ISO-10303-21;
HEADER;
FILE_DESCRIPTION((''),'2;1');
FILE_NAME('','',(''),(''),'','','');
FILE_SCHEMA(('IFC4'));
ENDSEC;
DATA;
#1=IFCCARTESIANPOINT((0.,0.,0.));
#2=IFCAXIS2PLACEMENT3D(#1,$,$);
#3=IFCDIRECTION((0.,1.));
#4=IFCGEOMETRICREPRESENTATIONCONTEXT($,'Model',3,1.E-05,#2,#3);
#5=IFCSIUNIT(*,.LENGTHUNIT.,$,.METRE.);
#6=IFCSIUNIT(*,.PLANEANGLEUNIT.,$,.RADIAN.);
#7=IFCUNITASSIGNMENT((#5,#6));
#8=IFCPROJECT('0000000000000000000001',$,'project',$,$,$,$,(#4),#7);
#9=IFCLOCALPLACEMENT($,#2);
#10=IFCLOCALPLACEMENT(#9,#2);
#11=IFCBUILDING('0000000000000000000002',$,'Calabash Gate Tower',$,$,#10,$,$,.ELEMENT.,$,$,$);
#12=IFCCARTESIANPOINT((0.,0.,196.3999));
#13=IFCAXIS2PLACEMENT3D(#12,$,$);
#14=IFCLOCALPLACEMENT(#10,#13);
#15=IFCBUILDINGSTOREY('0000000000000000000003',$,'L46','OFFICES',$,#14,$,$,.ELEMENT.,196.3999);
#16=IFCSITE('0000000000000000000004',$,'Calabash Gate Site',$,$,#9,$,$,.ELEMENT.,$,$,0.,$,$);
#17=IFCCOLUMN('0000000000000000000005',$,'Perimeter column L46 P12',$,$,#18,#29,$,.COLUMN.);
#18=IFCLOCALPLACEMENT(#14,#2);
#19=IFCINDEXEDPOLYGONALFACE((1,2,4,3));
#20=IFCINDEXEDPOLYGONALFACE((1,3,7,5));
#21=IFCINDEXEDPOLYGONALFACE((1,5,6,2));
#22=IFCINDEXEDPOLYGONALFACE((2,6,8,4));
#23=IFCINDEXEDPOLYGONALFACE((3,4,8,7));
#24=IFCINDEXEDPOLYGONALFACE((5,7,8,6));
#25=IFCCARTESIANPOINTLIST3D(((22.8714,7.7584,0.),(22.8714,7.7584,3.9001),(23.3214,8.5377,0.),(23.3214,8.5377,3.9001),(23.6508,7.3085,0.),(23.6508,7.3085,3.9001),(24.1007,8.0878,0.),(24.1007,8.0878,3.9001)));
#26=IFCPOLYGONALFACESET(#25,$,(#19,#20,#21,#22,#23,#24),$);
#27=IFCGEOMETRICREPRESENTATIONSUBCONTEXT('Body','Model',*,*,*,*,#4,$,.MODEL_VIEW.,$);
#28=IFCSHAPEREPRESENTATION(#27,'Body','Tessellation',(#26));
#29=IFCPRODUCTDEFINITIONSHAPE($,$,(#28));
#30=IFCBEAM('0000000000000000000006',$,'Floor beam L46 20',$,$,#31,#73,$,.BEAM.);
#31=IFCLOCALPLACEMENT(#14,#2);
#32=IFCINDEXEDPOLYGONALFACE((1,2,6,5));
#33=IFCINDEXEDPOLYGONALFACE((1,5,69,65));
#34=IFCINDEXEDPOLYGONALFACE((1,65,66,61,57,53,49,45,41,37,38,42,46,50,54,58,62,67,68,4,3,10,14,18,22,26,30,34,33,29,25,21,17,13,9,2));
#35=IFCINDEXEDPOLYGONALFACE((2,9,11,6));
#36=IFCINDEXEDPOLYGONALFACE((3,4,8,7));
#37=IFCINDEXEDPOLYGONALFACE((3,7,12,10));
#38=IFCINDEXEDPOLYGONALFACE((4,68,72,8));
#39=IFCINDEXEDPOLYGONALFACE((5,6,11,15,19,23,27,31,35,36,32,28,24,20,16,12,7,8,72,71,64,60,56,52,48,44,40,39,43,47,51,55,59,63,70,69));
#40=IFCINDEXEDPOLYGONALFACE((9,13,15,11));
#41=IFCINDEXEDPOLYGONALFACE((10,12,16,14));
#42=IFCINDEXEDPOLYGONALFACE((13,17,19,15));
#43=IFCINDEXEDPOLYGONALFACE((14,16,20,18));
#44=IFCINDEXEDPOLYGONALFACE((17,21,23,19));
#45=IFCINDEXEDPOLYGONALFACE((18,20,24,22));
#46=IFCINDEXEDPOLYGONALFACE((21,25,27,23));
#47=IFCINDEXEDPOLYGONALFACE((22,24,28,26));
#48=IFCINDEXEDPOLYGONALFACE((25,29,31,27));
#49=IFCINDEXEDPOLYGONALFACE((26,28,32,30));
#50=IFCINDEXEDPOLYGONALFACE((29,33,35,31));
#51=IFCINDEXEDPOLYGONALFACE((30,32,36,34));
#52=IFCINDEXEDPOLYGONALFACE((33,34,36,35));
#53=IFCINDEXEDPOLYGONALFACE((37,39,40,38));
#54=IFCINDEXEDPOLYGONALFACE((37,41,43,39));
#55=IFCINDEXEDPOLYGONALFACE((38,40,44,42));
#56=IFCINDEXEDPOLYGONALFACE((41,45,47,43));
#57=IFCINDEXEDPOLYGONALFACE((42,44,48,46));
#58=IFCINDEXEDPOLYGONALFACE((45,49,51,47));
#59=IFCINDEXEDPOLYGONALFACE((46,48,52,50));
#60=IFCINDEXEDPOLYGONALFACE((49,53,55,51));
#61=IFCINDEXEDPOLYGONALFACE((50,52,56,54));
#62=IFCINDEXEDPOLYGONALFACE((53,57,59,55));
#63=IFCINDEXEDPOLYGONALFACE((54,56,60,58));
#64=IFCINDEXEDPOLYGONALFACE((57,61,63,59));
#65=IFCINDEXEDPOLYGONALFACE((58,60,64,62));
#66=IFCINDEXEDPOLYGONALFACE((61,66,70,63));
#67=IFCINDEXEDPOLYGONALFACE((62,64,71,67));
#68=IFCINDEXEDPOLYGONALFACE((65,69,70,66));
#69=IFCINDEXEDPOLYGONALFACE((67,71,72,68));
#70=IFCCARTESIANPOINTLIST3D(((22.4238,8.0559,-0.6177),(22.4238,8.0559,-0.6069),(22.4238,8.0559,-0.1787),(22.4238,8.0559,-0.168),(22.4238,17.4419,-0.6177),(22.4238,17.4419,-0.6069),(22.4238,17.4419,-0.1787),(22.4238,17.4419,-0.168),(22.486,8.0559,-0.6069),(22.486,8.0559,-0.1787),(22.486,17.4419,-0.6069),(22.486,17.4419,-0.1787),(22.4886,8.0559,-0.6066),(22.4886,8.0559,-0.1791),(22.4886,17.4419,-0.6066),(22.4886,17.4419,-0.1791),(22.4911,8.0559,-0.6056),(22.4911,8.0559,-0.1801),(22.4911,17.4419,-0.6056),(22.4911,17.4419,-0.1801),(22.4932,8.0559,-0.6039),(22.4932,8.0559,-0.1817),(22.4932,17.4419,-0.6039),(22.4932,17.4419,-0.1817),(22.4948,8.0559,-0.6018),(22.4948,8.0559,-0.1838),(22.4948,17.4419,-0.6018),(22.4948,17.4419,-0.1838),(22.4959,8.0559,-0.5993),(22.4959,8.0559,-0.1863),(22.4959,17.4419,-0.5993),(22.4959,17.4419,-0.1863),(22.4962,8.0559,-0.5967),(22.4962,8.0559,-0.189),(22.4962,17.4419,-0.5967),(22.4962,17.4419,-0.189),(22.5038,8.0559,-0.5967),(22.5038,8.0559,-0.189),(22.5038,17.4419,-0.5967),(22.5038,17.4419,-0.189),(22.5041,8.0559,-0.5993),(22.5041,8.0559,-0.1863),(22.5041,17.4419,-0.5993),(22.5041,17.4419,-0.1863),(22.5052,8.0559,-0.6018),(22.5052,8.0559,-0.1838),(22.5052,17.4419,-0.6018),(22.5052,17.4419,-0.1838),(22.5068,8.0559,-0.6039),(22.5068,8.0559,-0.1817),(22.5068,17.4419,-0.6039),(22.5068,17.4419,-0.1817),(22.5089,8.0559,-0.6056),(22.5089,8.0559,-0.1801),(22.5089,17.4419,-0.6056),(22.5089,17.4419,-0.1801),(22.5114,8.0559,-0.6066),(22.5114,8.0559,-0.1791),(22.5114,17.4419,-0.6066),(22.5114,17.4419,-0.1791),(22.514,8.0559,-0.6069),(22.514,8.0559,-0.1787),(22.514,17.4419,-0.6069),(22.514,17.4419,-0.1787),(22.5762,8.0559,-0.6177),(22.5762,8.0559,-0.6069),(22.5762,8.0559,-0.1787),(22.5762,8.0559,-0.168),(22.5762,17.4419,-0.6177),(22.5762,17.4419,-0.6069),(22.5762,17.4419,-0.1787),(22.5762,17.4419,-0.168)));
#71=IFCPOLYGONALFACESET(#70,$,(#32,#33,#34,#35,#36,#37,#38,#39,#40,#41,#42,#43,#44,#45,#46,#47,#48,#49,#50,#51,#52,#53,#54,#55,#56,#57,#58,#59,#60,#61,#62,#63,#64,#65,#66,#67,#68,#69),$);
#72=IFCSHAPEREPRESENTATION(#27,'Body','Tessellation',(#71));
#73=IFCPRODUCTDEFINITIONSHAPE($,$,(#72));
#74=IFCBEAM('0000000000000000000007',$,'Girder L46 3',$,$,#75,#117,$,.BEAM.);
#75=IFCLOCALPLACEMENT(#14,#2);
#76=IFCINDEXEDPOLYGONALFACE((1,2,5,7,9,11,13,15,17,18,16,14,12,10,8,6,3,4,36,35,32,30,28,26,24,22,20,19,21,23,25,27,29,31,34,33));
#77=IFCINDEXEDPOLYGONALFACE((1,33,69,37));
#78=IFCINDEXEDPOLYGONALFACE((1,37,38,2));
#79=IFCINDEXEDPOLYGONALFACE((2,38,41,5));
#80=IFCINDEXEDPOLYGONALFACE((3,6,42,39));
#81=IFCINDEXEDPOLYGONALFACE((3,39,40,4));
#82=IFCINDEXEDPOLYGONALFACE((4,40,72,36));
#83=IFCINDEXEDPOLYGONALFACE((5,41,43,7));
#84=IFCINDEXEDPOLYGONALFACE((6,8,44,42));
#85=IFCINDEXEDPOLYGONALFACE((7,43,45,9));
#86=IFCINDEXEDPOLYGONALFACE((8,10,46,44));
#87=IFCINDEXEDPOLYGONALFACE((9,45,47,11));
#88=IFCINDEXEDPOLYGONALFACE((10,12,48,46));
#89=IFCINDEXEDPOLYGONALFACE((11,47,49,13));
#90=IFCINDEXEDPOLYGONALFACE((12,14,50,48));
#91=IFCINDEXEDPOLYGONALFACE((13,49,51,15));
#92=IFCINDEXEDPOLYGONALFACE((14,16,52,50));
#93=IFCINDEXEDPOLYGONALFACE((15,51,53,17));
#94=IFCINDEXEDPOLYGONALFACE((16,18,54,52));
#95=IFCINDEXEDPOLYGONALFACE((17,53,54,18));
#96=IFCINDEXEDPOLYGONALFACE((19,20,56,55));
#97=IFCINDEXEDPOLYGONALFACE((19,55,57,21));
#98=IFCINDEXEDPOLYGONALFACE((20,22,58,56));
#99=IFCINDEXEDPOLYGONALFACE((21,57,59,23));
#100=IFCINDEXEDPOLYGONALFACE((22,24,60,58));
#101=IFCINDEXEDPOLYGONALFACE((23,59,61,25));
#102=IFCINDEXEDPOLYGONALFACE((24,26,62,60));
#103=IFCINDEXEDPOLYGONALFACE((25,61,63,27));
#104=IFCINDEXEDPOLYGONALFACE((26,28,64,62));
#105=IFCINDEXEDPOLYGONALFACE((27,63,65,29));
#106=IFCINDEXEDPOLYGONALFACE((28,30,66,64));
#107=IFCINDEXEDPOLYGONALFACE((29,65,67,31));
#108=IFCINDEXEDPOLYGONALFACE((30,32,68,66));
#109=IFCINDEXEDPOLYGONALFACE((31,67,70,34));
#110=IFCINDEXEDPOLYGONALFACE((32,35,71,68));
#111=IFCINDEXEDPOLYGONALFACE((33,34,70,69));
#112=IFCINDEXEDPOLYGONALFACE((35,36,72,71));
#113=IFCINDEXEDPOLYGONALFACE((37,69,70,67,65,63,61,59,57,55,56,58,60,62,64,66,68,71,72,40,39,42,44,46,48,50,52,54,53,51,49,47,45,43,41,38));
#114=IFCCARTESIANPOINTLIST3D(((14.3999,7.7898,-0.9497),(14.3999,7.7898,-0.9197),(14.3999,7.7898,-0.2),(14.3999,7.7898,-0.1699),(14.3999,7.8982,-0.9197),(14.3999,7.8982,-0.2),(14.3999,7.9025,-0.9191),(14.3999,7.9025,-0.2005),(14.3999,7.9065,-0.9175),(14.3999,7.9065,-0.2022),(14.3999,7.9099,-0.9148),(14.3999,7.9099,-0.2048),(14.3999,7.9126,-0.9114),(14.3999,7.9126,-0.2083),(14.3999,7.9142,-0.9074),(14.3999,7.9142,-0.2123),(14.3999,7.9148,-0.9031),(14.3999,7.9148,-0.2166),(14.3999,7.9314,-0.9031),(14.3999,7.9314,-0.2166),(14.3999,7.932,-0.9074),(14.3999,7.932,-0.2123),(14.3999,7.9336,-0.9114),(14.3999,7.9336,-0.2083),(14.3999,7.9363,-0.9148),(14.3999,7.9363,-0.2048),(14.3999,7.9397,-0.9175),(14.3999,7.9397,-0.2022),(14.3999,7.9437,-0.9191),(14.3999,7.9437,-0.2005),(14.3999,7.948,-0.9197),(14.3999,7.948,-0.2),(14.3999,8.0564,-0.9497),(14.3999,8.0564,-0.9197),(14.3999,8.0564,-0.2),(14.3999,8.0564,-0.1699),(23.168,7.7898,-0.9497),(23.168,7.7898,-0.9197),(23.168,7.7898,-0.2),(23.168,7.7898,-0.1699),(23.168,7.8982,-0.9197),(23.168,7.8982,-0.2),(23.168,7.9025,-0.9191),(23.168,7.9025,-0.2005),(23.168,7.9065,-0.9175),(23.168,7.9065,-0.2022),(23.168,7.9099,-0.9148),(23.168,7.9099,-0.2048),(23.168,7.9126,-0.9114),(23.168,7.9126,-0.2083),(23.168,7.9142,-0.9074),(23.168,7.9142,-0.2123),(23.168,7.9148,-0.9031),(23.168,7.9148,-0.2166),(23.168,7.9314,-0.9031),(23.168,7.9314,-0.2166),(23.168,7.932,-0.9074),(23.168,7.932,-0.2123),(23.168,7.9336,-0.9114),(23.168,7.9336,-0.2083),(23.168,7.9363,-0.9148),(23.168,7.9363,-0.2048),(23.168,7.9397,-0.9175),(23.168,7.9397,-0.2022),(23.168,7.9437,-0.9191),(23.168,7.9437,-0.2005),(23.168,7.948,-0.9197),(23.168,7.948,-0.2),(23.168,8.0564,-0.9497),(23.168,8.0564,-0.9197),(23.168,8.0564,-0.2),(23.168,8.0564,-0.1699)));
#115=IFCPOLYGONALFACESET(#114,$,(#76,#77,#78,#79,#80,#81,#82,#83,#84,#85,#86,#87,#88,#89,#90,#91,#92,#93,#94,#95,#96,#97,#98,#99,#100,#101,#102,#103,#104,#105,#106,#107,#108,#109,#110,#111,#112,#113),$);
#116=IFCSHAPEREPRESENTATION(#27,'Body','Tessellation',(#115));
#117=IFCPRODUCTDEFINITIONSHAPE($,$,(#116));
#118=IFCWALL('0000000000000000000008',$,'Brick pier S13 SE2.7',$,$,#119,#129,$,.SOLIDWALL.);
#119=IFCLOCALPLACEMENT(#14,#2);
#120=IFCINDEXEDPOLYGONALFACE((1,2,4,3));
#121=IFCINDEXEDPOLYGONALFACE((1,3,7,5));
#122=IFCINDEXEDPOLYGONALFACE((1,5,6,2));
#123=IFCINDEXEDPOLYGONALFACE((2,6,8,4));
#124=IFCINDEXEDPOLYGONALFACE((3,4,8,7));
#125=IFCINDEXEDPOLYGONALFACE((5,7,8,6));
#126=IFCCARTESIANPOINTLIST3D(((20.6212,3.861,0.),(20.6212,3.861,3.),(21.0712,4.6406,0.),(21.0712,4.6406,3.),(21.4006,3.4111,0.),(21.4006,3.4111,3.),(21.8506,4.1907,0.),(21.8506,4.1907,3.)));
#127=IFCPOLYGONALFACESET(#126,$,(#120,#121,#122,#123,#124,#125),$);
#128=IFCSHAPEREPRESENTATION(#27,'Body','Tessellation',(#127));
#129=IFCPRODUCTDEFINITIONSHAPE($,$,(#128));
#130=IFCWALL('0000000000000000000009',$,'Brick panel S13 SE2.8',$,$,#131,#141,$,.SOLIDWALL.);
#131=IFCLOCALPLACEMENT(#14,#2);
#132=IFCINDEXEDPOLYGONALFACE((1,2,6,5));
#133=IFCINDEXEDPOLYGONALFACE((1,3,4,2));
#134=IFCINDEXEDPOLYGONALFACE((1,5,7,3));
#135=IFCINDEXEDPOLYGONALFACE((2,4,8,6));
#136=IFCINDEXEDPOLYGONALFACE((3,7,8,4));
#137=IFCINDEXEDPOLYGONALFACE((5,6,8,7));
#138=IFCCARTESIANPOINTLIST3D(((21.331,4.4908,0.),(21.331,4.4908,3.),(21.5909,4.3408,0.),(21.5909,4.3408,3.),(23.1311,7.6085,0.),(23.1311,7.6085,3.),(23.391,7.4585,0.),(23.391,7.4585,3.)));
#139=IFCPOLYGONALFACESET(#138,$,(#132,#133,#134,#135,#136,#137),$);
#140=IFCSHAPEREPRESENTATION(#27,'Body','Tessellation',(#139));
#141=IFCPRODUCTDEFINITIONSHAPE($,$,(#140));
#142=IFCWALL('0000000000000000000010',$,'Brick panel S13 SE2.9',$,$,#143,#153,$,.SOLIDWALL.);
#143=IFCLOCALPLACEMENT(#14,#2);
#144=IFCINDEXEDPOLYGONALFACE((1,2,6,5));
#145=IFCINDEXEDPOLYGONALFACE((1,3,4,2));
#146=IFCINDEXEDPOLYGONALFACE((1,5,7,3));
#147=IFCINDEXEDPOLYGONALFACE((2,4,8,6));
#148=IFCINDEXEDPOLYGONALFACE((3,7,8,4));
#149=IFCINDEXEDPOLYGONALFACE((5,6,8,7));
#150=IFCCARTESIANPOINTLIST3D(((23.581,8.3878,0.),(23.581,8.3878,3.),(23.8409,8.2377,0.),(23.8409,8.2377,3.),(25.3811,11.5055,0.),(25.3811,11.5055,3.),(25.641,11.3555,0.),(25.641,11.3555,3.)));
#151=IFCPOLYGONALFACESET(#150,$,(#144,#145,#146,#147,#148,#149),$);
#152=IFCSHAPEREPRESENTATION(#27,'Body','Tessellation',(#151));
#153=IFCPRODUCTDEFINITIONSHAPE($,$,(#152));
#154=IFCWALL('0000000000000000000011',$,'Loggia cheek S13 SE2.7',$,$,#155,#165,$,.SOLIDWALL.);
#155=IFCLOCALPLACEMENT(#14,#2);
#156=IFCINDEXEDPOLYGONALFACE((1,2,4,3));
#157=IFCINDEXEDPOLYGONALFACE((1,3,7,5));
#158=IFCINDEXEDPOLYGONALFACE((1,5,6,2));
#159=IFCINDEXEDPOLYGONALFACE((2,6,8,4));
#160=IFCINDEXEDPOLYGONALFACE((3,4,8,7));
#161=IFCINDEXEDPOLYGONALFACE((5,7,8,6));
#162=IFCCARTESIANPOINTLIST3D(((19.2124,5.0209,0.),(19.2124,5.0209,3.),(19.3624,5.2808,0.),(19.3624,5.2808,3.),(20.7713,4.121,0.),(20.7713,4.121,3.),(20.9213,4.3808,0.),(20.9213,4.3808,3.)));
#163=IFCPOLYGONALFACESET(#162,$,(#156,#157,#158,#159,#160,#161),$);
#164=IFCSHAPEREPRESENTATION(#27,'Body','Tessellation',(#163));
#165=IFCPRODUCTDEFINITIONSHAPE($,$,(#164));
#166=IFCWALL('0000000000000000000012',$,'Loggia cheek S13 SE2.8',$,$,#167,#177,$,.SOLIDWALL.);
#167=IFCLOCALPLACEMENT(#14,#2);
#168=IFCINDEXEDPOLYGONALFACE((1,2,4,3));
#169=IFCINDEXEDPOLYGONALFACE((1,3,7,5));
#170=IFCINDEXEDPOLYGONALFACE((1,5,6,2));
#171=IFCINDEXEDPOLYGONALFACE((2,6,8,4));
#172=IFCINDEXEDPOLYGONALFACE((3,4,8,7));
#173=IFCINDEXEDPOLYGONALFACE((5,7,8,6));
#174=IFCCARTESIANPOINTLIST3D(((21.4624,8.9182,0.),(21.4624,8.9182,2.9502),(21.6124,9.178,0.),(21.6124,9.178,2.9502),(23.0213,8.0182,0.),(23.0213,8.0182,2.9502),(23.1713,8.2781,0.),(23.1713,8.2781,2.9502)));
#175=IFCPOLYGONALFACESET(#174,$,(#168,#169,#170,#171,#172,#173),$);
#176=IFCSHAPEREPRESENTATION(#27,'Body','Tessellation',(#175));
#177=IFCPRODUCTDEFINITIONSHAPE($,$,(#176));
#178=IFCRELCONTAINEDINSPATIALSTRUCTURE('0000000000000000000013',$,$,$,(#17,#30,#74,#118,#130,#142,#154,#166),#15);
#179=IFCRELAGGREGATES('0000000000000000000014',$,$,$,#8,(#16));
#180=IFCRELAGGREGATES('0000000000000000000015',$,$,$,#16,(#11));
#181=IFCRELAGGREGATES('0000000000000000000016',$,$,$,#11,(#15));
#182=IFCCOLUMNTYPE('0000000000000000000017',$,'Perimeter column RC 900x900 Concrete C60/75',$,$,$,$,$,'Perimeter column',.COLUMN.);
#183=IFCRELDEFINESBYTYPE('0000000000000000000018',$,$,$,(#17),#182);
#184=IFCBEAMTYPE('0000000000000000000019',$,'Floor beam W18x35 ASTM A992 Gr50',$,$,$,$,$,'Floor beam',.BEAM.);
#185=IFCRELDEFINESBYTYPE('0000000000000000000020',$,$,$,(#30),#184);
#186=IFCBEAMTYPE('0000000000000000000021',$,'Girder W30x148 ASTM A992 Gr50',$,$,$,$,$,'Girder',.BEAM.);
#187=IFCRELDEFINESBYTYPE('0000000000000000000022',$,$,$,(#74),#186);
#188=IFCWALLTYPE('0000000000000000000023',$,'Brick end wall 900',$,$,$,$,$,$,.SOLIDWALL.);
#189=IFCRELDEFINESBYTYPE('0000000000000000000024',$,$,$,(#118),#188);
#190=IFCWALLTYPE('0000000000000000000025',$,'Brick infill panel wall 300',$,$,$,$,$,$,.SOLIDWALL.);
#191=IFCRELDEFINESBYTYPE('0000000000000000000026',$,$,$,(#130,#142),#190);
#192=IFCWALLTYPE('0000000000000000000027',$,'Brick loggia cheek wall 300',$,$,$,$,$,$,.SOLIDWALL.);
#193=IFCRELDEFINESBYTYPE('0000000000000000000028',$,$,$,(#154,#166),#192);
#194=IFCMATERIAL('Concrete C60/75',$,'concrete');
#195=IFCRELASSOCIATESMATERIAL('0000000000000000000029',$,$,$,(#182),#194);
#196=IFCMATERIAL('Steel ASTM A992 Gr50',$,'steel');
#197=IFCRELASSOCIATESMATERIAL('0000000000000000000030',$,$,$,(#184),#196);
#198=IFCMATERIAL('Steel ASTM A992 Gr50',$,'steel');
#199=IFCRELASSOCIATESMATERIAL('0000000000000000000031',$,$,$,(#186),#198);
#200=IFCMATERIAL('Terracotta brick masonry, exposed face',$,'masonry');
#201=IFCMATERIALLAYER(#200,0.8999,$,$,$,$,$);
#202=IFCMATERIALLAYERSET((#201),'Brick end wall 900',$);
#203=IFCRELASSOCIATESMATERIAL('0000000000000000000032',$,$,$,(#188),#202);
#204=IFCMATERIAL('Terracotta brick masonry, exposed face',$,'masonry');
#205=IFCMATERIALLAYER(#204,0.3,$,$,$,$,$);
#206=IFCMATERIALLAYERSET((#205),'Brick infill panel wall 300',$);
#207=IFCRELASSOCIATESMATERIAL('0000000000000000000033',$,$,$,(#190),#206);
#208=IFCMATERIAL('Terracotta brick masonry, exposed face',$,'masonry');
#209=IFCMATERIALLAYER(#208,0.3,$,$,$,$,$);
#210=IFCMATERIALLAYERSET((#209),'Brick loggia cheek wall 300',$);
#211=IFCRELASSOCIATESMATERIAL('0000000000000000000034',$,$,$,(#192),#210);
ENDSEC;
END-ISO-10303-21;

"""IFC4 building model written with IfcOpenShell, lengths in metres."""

from ifc_helpers import new_model, si_unit, direction, frame, frame_2d, origin, origin_2d, place, context, subcontext, project, spatial, rectangle, i_section, extrude, material, layer, layer_set, material_profile, profile_set, type_object, element, save


model = new_model("IFC4")

# Units and contexts
model_context = context("Model", 3, precision=1e-05, world=origin(), true_north=direction((0.0, 1.0)))
body_context = subcontext(model_context, "Body", "Model", "MODEL_VIEW")
ifc_project = project(units=[si_unit("LENGTHUNIT", "METRE"), si_unit("PLANEANGLEUNIT", "RADIAN")], contexts=[model_context])

# Site, building, storey
site_placement = place(None, origin())
site = spatial("IfcSite", under=ifc_project, at=site_placement, Name="Calabash Gate Site", CompositionType="ELEMENT", RefElevation=0.0)
building_placement = place(site_placement, origin())
building = spatial("IfcBuilding", under=site, at=building_placement, Name="Calabash Gate Tower", CompositionType="ELEMENT")
storey_placement = place(building_placement, frame((0.0, 0.0, 196.3999)))
storey = spatial("IfcBuildingStorey", under=building, at=storey_placement, Name="L46", Description="OFFICES", CompositionType="ELEMENT", Elevation=196.3999)

# Column
ifc_material_1 = material(Name="Concrete C60/75", Category="concrete")
ifc_material_profile_1 = material_profile(ifc_material_1, rectangle(XDim=0.8999, YDim=0.8999, at=origin_2d()))
ifc_profile_set_1 = profile_set([ifc_material_profile_1], Name="Concrete C60/75")
column_type = type_object("IfcColumnType", Name="Perimeter column RC 900x900 Concrete C60/75", ElementType="Perimeter column", PredefinedType="COLUMN", material=ifc_profile_set_1)
column_placement = place(storey_placement, frame((23.4861, 7.9231, 0.0), z_axis=(0.0, 0.0, 1.0), x_axis=(0.5, 0.866025, 0.0)))
element("IfcColumn", 1, at=column_placement, inside=storey, type_object=column_type, Name="Perimeter column L46 P12", PredefinedType="COLUMN", context=body_context, shape_type="SweptSolid", body=[
    extrude(rectangle(XDim=0.8999, YDim=0.8999, at=origin_2d()), origin(), (0.0, 0.0, 1.0), 3.9001),
])

# Beams
ifc_material_2 = material(Name="Steel ASTM A992 Gr50", Category="steel")
ifc_material_profile_2 = material_profile(ifc_material_2, i_section(OverallWidth=0.1523, OverallDepth=0.4497, WebThickness=0.0076, FlangeThickness=0.0107, FilletRadius=0.0103, at=origin_2d()))
ifc_profile_set_2 = profile_set([ifc_material_profile_2], Name="Steel ASTM A992 Gr50")
beam_type_1 = type_object("IfcBeamType", Name="Floor beam W18x35 ASTM A992 Gr50", ElementType="Floor beam", PredefinedType="BEAM", material=ifc_profile_set_2)
beam_1_placement = place(storey_placement, frame((22.5, 8.0559, -0.3928), z_axis=(0.0, 1.0, 0.0), x_axis=(-1.0, 0.0, 0.0)))
element("IfcBeam", 2, at=beam_1_placement, inside=storey, type_object=beam_type_1, Name="Floor beam L46 20", PredefinedType="BEAM", context=body_context, shape_type="SweptSolid", body=[
    extrude(i_section(OverallWidth=0.1523, OverallDepth=0.4497, WebThickness=0.0076, FlangeThickness=0.0107, FilletRadius=0.0103, at=origin_2d()), origin(), (0.0, 0.0, 1.0), 9.386),
])
ifc_material_3 = material(Name="Steel ASTM A992 Gr50", Category="steel")
ifc_material_profile_3 = material_profile(ifc_material_3, i_section(OverallWidth=0.2666, OverallDepth=0.7798, WebThickness=0.0166, FlangeThickness=0.03, FilletRadius=0.0166, at=origin_2d()))
ifc_profile_set_3 = profile_set([ifc_material_profile_3], Name="Steel ASTM A992 Gr50")
beam_type_2 = type_object("IfcBeamType", Name="Girder W30x148 ASTM A992 Gr50", ElementType="Girder", PredefinedType="BEAM", material=ifc_profile_set_3)
beam_2_placement = place(storey_placement, frame((23.168, 7.9231, -0.5598), z_axis=(-1.0, 0.0, 0.0), x_axis=(0.0, -1.0, 0.0)))
element("IfcBeam", 3, at=beam_2_placement, inside=storey, type_object=beam_type_2, Name="Girder L46 3", PredefinedType="BEAM", context=body_context, shape_type="SweptSolid", body=[
    extrude(i_section(OverallWidth=0.2666, OverallDepth=0.7798, WebThickness=0.0166, FlangeThickness=0.03, FilletRadius=0.0166, at=origin_2d()), origin(), (0.0, 0.0, 1.0), 8.7681),
])

# Walls
ifc_material_4 = material(Name="Terracotta brick masonry, exposed face", Category="masonry")
ifc_layer_1 = layer(ifc_material_4, 0.8999)
ifc_layer_set_1 = layer_set([ifc_layer_1], Name="Brick end wall 900")
wall_type_1 = type_object("IfcWallType", Name="Brick end wall 900", PredefinedType="SOLIDWALL", material=ifc_layer_set_1)
wall_1_placement = place(storey_placement, frame((21.4609, 4.4158, 0.0), z_axis=(0.0, 0.0, 1.0), x_axis=(-0.499902, -0.866082, 0.0)))
element("IfcWall", 4, at=wall_1_placement, inside=storey, type_object=wall_type_1, Name="Brick pier S13 SE2.7", PredefinedType="SOLIDWALL", context=body_context, shape_type="SweptSolid", body=[
    extrude(rectangle(XDim=0.9001, YDim=0.8999, at=frame_2d((0.4502, 0.0))), origin(), (0.0, 0.0, 1.0), 3.0),
])
ifc_material_5 = material(Name="Terracotta brick masonry, exposed face", Category="masonry")
ifc_layer_2 = layer(ifc_material_5, 0.3)
ifc_layer_set_2 = layer_set([ifc_layer_2], Name="Brick infill panel wall 300")
wall_type_2 = type_object("IfcWallType", Name="Brick infill panel wall 300", PredefinedType="SOLIDWALL", material=ifc_layer_set_2)
for number, where, z_axis, x_axis, name in (
    (5, (21.4609, 4.4158, 0.0), (0.0, 0.0, 1.0), (0.500012, 0.866018, 0.0), "Brick panel S13 SE2.8"),
    (6, (23.7109, 8.3127, 0.0), (0.0, 0.0, 1.0), (0.500012, 0.866018, 0.0), "Brick panel S13 SE2.9"),
):
    element("IfcWall", number, at=place(storey_placement, frame(where, z_axis=z_axis, x_axis=x_axis)), inside=storey, type_object=wall_type_2, Name=name, PredefinedType="SOLIDWALL", context=body_context, shape_type="SweptSolid", body=[
        extrude(rectangle(XDim=3.6001, YDim=0.3, at=frame_2d((1.8, 0.0))), origin(), (0.0, 0.0, 1.0), 3.0),
    ])
ifc_material_6 = material(Name="Terracotta brick masonry, exposed face", Category="masonry")
ifc_layer_3 = layer(ifc_material_6, 0.3)
ifc_layer_set_3 = layer_set([ifc_layer_3], Name="Brick loggia cheek wall 300")
wall_type_3 = type_object("IfcWallType", Name="Brick loggia cheek wall 300", PredefinedType="SOLIDWALL", material=ifc_layer_set_3)
wall_2_placement = place(storey_placement, frame((20.8462, 4.251, 0.0), z_axis=(0.0, 0.0, 1.0), x_axis=(-0.866048, 0.499961, 0.0)))
element("IfcWall", 7, at=wall_2_placement, inside=storey, type_object=wall_type_3, Name="Loggia cheek S13 SE2.7", PredefinedType="SOLIDWALL", context=body_context, shape_type="SweptSolid", body=[
    extrude(rectangle(XDim=1.8, YDim=0.3, at=frame_2d((0.8999, 0.0))), origin(), (0.0, 0.0, 1.0), 3.0),
])
wall_3_placement = place(storey_placement, frame((23.0962, 8.1482, 0.0), z_axis=(0.0, 0.0, 1.0), x_axis=(-0.866048, 0.499961, 0.0)))
element("IfcWall", 8, at=wall_3_placement, inside=storey, type_object=wall_type_3, Name="Loggia cheek S13 SE2.8", PredefinedType="SOLIDWALL", context=body_context, shape_type="SweptSolid", body=[
    extrude(rectangle(XDim=1.8, YDim=0.3, at=frame_2d((0.8999, 0.0))), origin(), (0.0, 0.0, 1.0), 2.9502),
])

save(model, "model.ifc")
